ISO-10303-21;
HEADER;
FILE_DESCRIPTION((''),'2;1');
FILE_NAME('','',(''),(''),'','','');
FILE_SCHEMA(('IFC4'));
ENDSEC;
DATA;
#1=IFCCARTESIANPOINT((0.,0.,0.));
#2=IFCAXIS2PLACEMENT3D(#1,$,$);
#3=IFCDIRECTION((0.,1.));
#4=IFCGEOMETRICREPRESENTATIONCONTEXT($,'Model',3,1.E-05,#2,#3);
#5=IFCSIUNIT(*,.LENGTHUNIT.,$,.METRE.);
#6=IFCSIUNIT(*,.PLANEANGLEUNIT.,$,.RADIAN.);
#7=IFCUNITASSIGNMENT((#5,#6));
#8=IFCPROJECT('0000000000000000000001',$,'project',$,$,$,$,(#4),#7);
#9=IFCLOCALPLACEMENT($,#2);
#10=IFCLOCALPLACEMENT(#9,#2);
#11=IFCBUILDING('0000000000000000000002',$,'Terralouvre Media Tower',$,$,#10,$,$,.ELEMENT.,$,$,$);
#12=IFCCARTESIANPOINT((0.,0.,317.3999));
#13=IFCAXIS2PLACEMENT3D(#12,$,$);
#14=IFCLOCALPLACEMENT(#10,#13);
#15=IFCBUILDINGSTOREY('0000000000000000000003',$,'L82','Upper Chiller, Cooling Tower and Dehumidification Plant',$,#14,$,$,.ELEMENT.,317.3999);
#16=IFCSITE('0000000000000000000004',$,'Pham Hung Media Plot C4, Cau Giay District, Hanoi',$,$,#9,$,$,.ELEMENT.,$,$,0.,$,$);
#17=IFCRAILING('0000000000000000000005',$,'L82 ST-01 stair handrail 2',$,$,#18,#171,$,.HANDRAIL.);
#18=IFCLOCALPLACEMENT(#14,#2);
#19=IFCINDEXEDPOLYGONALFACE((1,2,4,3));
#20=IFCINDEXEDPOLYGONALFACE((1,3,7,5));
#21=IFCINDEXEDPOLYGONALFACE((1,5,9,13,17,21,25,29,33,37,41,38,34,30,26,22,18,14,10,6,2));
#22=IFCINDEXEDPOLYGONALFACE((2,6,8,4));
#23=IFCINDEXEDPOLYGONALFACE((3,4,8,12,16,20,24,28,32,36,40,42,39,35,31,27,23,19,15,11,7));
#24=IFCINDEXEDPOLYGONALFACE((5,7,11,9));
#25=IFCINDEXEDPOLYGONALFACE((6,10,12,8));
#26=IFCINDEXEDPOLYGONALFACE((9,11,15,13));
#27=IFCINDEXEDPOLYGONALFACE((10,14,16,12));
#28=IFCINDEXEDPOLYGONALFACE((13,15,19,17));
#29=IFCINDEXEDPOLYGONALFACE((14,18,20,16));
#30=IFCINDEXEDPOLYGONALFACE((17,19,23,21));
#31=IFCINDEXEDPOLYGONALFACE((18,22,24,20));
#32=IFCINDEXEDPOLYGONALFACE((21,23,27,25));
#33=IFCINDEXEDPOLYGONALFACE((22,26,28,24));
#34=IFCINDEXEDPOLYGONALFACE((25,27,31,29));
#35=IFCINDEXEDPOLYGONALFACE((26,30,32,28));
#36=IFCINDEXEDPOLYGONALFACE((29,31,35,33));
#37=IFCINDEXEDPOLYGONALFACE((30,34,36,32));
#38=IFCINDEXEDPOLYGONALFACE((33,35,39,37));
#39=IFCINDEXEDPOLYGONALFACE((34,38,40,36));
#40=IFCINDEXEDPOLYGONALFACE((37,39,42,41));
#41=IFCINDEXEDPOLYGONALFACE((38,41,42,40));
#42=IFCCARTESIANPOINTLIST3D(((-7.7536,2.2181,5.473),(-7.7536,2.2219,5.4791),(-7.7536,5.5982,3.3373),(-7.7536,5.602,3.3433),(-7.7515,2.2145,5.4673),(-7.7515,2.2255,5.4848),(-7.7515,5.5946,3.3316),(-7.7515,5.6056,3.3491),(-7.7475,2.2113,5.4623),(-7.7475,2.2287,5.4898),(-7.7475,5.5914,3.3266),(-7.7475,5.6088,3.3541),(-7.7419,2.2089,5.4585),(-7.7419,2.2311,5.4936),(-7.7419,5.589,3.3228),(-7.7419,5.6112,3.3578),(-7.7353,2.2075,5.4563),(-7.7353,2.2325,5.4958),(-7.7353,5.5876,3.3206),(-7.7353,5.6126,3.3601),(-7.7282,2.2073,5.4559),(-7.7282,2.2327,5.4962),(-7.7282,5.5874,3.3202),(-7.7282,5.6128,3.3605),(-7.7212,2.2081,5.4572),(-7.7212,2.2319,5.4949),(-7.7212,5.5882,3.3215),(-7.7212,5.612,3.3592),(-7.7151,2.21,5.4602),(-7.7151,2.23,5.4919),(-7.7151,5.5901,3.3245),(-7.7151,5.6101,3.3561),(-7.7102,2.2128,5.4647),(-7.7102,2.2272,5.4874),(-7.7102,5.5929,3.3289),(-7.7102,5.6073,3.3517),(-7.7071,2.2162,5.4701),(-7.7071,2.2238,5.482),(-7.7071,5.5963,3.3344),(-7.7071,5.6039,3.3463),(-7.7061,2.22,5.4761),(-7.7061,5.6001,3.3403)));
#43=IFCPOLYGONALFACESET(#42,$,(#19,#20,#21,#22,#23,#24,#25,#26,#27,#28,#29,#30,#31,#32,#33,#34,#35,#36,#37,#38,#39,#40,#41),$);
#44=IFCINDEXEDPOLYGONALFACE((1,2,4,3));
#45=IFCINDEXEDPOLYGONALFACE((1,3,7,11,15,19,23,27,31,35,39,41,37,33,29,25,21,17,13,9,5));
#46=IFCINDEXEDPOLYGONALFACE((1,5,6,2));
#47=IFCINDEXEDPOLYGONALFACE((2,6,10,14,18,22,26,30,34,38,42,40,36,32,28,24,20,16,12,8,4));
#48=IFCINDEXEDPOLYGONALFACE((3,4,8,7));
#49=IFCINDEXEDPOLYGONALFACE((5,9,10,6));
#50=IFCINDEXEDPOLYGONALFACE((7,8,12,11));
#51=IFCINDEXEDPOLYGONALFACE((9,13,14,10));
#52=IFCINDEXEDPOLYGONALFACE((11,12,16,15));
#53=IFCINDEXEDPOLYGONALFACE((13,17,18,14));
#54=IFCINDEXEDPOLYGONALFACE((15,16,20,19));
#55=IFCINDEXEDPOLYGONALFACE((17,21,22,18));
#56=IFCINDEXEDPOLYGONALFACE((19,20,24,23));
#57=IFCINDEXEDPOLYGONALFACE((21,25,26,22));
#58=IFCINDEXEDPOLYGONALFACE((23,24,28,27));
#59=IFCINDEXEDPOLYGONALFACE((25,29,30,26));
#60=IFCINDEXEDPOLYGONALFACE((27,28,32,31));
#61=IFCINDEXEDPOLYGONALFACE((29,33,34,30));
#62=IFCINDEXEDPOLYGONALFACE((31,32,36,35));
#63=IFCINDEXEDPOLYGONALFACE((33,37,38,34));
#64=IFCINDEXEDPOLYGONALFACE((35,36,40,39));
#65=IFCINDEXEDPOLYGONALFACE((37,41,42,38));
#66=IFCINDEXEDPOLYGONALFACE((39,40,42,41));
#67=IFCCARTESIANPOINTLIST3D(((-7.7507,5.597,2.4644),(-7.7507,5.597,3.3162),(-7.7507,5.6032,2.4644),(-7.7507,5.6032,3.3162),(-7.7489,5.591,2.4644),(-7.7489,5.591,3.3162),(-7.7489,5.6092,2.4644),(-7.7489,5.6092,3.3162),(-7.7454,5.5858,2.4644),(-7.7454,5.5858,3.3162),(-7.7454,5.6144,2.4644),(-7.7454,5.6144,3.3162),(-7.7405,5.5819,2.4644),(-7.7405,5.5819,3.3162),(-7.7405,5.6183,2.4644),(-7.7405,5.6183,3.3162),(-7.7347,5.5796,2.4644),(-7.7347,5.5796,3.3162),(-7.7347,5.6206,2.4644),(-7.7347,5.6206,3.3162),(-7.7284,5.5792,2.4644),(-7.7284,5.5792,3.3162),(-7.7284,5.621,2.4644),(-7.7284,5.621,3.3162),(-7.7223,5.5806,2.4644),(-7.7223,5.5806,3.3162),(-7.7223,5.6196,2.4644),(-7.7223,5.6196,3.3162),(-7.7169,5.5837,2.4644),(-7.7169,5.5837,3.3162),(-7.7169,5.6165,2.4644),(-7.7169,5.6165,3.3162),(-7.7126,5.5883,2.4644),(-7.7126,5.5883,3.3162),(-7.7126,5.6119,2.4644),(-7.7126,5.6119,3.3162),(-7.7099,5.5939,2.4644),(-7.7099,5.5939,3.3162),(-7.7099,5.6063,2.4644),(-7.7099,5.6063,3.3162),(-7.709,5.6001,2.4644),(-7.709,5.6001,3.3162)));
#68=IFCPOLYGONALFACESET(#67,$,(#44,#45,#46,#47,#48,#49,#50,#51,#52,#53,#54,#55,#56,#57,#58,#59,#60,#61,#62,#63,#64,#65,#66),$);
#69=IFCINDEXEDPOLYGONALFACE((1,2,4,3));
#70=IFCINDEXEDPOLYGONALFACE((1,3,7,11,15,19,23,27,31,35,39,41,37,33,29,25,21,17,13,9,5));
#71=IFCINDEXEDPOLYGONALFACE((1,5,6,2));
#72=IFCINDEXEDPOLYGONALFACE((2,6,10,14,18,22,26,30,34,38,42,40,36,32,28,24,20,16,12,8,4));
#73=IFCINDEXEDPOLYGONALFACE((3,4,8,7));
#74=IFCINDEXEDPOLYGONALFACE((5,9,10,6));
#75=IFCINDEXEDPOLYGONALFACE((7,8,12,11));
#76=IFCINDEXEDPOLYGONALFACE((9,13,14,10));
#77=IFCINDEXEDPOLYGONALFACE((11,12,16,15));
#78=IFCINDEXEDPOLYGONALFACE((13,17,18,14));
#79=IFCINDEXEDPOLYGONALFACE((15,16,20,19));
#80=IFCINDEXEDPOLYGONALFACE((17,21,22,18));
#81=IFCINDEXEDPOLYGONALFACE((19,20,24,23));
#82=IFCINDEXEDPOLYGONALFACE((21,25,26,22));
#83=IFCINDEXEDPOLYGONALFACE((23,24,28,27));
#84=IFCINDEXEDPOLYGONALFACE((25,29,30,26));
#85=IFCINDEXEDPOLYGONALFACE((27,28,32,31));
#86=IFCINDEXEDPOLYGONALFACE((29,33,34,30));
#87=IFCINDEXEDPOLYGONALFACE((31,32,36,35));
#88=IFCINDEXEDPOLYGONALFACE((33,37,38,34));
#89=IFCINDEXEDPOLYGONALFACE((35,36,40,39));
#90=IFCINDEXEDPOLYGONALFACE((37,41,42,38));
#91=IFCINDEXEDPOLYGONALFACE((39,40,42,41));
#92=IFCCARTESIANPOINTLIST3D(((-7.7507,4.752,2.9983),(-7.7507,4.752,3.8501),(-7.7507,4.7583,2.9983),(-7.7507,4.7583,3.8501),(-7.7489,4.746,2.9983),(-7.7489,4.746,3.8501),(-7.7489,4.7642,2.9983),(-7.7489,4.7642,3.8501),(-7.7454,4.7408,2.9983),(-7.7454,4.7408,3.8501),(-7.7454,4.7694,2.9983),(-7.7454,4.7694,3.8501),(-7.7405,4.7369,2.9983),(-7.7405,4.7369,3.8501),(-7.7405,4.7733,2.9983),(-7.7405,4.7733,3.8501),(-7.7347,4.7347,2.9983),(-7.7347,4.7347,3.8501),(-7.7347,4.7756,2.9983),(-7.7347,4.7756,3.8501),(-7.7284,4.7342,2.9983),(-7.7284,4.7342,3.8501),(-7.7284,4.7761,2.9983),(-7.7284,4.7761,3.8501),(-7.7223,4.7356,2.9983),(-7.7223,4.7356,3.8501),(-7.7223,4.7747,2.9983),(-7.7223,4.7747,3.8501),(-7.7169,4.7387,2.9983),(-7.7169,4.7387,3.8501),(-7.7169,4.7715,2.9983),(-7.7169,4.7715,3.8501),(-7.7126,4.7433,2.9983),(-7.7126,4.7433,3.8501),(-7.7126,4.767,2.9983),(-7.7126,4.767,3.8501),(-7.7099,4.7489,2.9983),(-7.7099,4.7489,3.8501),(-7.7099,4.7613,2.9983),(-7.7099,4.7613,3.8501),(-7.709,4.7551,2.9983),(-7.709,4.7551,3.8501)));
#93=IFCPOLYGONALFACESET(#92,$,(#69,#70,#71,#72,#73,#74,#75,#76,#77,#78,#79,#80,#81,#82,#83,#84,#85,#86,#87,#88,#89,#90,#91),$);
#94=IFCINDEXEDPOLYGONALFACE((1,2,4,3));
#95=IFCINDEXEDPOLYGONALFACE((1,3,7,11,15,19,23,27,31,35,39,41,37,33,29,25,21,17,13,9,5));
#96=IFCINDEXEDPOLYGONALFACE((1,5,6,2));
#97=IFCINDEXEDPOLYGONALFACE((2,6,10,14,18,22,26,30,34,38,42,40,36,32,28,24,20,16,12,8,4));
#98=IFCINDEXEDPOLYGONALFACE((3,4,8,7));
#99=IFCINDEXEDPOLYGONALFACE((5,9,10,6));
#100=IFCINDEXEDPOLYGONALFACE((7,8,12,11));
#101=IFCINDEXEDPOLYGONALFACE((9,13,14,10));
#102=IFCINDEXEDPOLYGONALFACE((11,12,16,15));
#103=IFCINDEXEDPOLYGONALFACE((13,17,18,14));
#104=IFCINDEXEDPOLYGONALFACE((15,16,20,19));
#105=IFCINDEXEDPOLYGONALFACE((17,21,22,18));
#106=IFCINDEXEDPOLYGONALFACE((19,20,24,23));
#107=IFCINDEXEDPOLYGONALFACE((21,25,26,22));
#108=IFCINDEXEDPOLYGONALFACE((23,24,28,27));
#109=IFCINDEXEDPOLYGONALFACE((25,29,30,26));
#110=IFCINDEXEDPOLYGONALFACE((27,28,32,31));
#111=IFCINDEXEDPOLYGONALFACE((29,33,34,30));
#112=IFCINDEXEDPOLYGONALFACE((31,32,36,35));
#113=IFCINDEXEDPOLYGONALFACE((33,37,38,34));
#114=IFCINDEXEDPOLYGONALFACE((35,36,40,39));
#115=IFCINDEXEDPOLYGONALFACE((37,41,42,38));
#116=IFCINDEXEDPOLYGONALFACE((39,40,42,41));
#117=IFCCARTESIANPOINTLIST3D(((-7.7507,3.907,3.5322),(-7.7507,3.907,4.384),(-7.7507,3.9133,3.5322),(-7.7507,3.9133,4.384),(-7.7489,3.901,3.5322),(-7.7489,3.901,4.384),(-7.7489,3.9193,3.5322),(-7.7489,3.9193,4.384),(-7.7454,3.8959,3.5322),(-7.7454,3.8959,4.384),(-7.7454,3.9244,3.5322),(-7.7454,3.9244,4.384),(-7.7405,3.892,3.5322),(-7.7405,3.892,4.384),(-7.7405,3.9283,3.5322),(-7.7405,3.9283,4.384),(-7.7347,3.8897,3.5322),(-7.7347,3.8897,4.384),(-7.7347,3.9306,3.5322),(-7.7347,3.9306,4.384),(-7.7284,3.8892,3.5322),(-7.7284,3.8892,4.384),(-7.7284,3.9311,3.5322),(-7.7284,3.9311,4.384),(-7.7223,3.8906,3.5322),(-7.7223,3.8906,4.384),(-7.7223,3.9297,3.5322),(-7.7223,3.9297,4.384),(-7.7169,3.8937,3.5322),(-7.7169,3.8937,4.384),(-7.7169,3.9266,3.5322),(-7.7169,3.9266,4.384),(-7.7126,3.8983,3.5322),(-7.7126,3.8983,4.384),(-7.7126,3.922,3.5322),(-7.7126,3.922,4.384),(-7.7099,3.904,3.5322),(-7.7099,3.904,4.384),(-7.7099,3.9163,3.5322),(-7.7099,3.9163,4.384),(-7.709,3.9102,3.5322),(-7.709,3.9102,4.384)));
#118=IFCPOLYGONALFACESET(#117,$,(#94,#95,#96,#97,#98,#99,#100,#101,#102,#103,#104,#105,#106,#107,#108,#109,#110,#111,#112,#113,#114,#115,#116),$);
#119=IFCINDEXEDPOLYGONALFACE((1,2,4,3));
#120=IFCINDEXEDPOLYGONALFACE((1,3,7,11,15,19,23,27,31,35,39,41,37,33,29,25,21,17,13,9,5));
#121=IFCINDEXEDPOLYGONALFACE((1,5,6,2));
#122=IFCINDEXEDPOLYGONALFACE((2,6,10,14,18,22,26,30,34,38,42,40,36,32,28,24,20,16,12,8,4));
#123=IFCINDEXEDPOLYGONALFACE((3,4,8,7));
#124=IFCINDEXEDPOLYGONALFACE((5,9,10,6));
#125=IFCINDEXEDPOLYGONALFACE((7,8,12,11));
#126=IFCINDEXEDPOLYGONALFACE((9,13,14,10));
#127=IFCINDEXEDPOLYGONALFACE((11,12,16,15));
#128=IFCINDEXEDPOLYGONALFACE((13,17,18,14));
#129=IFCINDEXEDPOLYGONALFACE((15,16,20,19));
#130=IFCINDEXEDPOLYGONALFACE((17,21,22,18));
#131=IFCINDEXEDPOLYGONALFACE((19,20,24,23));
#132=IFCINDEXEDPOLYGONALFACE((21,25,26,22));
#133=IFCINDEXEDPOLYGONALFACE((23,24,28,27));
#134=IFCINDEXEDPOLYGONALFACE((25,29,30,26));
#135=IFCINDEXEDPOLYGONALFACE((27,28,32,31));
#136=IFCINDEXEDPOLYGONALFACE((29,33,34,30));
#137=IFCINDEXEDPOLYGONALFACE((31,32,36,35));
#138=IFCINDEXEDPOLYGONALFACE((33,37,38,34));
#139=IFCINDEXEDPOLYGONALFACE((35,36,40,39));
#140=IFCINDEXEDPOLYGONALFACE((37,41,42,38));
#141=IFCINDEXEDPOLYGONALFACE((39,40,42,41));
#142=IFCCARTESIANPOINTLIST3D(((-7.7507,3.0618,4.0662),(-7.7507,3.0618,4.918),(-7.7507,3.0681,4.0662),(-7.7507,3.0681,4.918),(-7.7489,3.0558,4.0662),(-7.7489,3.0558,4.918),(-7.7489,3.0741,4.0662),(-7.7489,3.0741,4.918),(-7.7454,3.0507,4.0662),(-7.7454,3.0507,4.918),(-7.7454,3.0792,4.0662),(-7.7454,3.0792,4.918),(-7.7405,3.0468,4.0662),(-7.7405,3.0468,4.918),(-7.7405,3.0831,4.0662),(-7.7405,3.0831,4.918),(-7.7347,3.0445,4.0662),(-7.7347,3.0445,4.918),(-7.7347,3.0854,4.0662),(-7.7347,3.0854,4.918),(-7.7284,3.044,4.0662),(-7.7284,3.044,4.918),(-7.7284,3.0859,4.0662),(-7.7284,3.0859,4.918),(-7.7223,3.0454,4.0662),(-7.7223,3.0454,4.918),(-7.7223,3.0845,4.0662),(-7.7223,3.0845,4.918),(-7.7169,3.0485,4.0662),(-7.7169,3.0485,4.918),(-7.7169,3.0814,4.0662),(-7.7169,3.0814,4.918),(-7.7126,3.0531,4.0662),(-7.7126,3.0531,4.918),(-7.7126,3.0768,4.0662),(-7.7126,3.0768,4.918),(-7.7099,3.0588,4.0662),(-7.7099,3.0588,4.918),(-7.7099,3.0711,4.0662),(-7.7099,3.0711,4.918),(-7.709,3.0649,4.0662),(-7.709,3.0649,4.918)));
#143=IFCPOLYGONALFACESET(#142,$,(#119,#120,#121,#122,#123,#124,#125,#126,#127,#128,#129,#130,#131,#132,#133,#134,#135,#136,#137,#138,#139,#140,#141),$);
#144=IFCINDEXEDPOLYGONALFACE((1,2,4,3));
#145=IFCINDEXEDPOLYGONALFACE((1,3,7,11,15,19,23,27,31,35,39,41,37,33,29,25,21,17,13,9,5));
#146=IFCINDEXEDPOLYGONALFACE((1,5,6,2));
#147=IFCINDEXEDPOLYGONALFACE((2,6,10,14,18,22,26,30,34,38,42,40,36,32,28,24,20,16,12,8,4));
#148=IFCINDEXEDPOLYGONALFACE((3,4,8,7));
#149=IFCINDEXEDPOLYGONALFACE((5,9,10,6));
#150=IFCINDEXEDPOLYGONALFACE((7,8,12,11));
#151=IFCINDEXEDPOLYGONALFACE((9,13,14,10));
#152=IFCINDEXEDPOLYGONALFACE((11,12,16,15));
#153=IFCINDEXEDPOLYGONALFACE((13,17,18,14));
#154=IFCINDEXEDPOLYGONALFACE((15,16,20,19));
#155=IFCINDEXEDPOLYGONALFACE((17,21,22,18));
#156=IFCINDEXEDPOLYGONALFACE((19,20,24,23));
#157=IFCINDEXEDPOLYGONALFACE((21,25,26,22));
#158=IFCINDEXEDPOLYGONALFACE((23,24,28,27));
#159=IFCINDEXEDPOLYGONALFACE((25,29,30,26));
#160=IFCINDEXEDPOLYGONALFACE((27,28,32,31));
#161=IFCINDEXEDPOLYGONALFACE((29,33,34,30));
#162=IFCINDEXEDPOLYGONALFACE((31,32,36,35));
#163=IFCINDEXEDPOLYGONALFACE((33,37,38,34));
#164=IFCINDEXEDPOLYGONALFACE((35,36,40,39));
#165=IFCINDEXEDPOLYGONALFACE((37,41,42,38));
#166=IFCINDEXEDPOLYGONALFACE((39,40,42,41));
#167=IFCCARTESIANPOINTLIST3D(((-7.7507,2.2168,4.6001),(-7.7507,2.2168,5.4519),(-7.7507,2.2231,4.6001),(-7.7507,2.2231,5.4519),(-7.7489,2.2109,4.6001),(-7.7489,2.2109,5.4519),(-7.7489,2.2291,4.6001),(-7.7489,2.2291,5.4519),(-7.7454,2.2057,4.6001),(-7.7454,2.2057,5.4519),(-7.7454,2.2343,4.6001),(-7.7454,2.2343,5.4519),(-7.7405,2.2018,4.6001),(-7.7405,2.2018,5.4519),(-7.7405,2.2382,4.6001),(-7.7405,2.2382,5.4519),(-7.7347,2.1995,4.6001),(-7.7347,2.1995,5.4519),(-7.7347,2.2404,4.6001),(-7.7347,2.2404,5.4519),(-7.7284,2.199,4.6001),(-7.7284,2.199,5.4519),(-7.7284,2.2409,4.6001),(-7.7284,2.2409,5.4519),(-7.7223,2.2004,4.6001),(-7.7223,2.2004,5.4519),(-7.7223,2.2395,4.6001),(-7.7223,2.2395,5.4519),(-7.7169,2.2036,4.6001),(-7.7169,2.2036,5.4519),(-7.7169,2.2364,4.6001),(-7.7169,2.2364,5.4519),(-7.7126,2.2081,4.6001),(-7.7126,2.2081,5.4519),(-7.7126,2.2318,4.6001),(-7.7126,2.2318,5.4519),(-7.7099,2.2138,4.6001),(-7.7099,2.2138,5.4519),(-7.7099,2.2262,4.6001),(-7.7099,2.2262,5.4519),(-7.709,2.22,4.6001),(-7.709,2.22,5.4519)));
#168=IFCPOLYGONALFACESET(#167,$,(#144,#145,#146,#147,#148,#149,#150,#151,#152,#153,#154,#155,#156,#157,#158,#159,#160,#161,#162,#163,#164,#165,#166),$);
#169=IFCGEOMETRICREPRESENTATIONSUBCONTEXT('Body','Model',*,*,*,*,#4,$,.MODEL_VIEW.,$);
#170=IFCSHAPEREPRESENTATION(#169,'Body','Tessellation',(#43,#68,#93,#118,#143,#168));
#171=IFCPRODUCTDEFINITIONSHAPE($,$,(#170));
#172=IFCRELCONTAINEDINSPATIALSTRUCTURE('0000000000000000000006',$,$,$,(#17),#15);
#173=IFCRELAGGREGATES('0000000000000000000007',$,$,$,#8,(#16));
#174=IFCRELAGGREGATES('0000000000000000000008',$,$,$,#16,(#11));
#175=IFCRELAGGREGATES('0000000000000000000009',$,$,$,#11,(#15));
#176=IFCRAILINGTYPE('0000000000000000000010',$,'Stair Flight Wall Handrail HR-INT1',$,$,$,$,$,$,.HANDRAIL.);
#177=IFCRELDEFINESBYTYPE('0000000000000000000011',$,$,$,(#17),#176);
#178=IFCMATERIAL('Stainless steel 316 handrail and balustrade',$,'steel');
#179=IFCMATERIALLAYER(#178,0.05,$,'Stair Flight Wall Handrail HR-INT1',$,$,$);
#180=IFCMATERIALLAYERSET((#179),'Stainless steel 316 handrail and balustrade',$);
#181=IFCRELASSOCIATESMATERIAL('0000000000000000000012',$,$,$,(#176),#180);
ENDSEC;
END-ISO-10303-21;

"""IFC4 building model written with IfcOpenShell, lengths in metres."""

from ifc_helpers import new_model, si_unit, direction, frame, origin, origin_2d, place, context, subcontext, project, spatial, circle, extrude, material, layer, layer_set, type_object, element, save


model = new_model("IFC4")

# Units and contexts
model_context = context("Model", 3, precision=1e-05, world=origin(), true_north=direction((0.0, 1.0)))
body_context = subcontext(model_context, "Body", "Model", "MODEL_VIEW")
ifc_project = project(units=[si_unit("LENGTHUNIT", "METRE"), si_unit("PLANEANGLEUNIT", "RADIAN")], contexts=[model_context])

# Site, building, storey
site_placement = place(None, origin())
site = spatial("IfcSite", under=ifc_project, at=site_placement, Name="Pham Hung Media Plot C4, Cau Giay District, Hanoi", CompositionType="ELEMENT", RefElevation=0.0)
building_placement = place(site_placement, origin())
building = spatial("IfcBuilding", under=site, at=building_placement, Name="Terralouvre Media Tower", CompositionType="ELEMENT")
storey_placement = place(building_placement, frame((0.0, 0.0, 317.3999)))
storey = spatial("IfcBuildingStorey", under=building, at=storey_placement, Name="L82", Description="Upper Chiller, Cooling Tower and Dehumidification Plant", CompositionType="ELEMENT", Elevation=317.3999)

# Railing
ifc_material_1 = material(Name="Stainless steel 316 handrail and balustrade", Category="steel")
ifc_layer_1 = layer(ifc_material_1, 0.05, Name="Stair Flight Wall Handrail HR-INT1")
ifc_layer_set_1 = layer_set([ifc_layer_1], Name="Stainless steel 316 handrail and balustrade")
railing_type_1 = type_object("IfcRailingType", Name="Stair Flight Wall Handrail HR-INT1", PredefinedType="HANDRAIL", material=ifc_layer_set_1)
railing_1_placement = place(storey_placement, frame((-7.73, 5.6001, 2.4644)))
element("IfcRailing", 1, at=railing_1_placement, inside=storey, type_object=railing_type_1, Name="L82 ST-01 stair handrail 2", PredefinedType="HANDRAIL", context=body_context, shape_type="SweptSolid", body=[
    extrude(circle(Radius=0.0239, at=origin_2d()), frame((0.0, 0.0, 0.876), z_axis=(0.0, -0.845384, 0.534158), x_axis=(1.0, 0.0, 0.0)), (0.0, 0.0, 1.0), 3.9983),
    extrude(circle(Radius=0.021, at=origin_2d()), origin(), (0.0, 0.0, 1.0), 0.8518),
    extrude(circle(Radius=0.021, at=origin_2d()), frame((0.0, -0.845, 0.5339)), (0.0, 0.0, 1.0), 0.8518),
    extrude(circle(Radius=0.021, at=origin_2d()), frame((0.0, -1.6899, 1.0679)), (0.0, 0.0, 1.0), 0.8518),
    extrude(circle(Radius=0.021, at=origin_2d()), frame((0.0, -2.5352, 1.6018)), (0.0, 0.0, 1.0), 0.8518),
    extrude(circle(Radius=0.021, at=origin_2d()), frame((0.0, -3.3801, 2.1357)), (0.0, 0.0, 1.0), 0.8518),
])

save(model, "model.ifc")
